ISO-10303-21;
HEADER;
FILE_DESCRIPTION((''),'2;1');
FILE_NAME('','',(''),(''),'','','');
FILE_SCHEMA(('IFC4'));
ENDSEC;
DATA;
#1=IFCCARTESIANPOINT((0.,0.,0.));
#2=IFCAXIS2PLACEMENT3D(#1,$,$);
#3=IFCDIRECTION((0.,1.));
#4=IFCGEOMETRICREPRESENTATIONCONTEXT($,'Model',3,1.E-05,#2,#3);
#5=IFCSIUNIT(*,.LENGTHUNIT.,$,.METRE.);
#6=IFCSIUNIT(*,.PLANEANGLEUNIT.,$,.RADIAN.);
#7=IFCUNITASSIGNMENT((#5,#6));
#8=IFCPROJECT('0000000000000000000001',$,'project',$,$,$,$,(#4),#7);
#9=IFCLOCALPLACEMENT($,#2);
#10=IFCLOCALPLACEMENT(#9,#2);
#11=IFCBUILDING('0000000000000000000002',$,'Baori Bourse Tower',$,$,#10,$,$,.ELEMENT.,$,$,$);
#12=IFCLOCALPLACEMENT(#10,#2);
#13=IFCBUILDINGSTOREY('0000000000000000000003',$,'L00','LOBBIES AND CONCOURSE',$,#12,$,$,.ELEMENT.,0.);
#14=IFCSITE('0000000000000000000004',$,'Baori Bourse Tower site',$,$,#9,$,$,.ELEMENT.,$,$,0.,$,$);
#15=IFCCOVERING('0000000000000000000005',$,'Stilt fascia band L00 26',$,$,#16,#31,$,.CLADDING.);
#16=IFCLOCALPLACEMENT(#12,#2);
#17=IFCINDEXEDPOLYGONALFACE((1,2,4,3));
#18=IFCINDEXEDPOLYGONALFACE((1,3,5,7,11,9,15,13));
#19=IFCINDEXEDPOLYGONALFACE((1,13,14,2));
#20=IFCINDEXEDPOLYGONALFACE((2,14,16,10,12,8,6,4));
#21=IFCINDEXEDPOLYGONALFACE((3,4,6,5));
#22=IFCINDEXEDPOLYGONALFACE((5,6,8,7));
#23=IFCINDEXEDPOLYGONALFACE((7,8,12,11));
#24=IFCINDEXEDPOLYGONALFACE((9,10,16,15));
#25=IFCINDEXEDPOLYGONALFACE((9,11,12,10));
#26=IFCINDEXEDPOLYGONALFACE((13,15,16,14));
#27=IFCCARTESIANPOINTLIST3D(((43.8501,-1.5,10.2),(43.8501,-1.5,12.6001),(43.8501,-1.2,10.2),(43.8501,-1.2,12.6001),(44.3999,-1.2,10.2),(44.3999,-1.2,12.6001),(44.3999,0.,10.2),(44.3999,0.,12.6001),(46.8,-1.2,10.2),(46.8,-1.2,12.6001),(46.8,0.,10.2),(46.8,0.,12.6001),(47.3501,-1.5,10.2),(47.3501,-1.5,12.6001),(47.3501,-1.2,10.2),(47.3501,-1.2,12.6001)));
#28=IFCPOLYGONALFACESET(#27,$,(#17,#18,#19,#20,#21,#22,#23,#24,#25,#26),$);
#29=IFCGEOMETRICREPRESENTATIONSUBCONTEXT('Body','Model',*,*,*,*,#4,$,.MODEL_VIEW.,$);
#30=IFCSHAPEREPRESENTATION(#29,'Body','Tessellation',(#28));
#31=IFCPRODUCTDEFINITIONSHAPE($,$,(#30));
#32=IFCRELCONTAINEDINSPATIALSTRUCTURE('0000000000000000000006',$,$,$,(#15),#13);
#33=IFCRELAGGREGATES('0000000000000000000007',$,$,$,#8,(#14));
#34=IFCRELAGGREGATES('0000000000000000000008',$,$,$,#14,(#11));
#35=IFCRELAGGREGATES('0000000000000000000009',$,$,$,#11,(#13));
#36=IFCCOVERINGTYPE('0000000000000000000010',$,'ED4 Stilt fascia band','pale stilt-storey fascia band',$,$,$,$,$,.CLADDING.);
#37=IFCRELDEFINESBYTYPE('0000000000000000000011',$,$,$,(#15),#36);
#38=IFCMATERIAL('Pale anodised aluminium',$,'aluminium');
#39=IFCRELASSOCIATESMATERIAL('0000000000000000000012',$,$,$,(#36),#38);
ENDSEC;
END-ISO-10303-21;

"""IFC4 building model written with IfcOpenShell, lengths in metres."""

from ifc_helpers import new_model, si_unit, direction, frame, origin, place, context, subcontext, project, spatial, polyline, outline, extrude, material, type_object, element, save


model = new_model("IFC4")

# Units and contexts
model_context = context("Model", 3, precision=1e-05, world=origin(), true_north=direction((0.0, 1.0)))
body_context = subcontext(model_context, "Body", "Model", "MODEL_VIEW")
ifc_project = project(units=[si_unit("LENGTHUNIT", "METRE"), si_unit("PLANEANGLEUNIT", "RADIAN")], contexts=[model_context])

# Site, building, storey
site_placement = place(None, origin())
site = spatial("IfcSite", under=ifc_project, at=site_placement, Name="Baori Bourse Tower site", CompositionType="ELEMENT", RefElevation=0.0)
building_placement = place(site_placement, origin())
building = spatial("IfcBuilding", under=site, at=building_placement, Name="Baori Bourse Tower", CompositionType="ELEMENT")
storey_placement = place(building_placement, origin())
storey = spatial("IfcBuildingStorey", under=building, at=storey_placement, Name="L00", Description="LOBBIES AND CONCOURSE", CompositionType="ELEMENT", Elevation=0.0)

# Covering
ifc_material_1 = material(Name="Pale anodised aluminium", Category="aluminium")
covering_type_1 = type_object("IfcCoveringType", Name="ED4 Stilt fascia band", Description="pale stilt-storey fascia band", PredefinedType="CLADDING", material=ifc_material_1)
covering_1_placement = place(storey_placement, frame((0.0, 0.0, 10.2)))
element("IfcCovering", 1, at=covering_1_placement, inside=storey, type_object=covering_type_1, Name="Stilt fascia band L00 26", PredefinedType="CLADDING", context=body_context, shape_type="SweptSolid", body=[
    extrude(outline(polyline([(46.8, 0.0), (44.3999, 0.0), (44.3999, -1.2), (43.8501, -1.2), (43.8501, -1.5), (47.3501, -1.5), (47.3501, -1.2), (46.8, -1.2), (46.8, 0.0)])), origin(), (0.0, 0.0, 1.0), 2.4001),
])

save(model, "model.ifc")
